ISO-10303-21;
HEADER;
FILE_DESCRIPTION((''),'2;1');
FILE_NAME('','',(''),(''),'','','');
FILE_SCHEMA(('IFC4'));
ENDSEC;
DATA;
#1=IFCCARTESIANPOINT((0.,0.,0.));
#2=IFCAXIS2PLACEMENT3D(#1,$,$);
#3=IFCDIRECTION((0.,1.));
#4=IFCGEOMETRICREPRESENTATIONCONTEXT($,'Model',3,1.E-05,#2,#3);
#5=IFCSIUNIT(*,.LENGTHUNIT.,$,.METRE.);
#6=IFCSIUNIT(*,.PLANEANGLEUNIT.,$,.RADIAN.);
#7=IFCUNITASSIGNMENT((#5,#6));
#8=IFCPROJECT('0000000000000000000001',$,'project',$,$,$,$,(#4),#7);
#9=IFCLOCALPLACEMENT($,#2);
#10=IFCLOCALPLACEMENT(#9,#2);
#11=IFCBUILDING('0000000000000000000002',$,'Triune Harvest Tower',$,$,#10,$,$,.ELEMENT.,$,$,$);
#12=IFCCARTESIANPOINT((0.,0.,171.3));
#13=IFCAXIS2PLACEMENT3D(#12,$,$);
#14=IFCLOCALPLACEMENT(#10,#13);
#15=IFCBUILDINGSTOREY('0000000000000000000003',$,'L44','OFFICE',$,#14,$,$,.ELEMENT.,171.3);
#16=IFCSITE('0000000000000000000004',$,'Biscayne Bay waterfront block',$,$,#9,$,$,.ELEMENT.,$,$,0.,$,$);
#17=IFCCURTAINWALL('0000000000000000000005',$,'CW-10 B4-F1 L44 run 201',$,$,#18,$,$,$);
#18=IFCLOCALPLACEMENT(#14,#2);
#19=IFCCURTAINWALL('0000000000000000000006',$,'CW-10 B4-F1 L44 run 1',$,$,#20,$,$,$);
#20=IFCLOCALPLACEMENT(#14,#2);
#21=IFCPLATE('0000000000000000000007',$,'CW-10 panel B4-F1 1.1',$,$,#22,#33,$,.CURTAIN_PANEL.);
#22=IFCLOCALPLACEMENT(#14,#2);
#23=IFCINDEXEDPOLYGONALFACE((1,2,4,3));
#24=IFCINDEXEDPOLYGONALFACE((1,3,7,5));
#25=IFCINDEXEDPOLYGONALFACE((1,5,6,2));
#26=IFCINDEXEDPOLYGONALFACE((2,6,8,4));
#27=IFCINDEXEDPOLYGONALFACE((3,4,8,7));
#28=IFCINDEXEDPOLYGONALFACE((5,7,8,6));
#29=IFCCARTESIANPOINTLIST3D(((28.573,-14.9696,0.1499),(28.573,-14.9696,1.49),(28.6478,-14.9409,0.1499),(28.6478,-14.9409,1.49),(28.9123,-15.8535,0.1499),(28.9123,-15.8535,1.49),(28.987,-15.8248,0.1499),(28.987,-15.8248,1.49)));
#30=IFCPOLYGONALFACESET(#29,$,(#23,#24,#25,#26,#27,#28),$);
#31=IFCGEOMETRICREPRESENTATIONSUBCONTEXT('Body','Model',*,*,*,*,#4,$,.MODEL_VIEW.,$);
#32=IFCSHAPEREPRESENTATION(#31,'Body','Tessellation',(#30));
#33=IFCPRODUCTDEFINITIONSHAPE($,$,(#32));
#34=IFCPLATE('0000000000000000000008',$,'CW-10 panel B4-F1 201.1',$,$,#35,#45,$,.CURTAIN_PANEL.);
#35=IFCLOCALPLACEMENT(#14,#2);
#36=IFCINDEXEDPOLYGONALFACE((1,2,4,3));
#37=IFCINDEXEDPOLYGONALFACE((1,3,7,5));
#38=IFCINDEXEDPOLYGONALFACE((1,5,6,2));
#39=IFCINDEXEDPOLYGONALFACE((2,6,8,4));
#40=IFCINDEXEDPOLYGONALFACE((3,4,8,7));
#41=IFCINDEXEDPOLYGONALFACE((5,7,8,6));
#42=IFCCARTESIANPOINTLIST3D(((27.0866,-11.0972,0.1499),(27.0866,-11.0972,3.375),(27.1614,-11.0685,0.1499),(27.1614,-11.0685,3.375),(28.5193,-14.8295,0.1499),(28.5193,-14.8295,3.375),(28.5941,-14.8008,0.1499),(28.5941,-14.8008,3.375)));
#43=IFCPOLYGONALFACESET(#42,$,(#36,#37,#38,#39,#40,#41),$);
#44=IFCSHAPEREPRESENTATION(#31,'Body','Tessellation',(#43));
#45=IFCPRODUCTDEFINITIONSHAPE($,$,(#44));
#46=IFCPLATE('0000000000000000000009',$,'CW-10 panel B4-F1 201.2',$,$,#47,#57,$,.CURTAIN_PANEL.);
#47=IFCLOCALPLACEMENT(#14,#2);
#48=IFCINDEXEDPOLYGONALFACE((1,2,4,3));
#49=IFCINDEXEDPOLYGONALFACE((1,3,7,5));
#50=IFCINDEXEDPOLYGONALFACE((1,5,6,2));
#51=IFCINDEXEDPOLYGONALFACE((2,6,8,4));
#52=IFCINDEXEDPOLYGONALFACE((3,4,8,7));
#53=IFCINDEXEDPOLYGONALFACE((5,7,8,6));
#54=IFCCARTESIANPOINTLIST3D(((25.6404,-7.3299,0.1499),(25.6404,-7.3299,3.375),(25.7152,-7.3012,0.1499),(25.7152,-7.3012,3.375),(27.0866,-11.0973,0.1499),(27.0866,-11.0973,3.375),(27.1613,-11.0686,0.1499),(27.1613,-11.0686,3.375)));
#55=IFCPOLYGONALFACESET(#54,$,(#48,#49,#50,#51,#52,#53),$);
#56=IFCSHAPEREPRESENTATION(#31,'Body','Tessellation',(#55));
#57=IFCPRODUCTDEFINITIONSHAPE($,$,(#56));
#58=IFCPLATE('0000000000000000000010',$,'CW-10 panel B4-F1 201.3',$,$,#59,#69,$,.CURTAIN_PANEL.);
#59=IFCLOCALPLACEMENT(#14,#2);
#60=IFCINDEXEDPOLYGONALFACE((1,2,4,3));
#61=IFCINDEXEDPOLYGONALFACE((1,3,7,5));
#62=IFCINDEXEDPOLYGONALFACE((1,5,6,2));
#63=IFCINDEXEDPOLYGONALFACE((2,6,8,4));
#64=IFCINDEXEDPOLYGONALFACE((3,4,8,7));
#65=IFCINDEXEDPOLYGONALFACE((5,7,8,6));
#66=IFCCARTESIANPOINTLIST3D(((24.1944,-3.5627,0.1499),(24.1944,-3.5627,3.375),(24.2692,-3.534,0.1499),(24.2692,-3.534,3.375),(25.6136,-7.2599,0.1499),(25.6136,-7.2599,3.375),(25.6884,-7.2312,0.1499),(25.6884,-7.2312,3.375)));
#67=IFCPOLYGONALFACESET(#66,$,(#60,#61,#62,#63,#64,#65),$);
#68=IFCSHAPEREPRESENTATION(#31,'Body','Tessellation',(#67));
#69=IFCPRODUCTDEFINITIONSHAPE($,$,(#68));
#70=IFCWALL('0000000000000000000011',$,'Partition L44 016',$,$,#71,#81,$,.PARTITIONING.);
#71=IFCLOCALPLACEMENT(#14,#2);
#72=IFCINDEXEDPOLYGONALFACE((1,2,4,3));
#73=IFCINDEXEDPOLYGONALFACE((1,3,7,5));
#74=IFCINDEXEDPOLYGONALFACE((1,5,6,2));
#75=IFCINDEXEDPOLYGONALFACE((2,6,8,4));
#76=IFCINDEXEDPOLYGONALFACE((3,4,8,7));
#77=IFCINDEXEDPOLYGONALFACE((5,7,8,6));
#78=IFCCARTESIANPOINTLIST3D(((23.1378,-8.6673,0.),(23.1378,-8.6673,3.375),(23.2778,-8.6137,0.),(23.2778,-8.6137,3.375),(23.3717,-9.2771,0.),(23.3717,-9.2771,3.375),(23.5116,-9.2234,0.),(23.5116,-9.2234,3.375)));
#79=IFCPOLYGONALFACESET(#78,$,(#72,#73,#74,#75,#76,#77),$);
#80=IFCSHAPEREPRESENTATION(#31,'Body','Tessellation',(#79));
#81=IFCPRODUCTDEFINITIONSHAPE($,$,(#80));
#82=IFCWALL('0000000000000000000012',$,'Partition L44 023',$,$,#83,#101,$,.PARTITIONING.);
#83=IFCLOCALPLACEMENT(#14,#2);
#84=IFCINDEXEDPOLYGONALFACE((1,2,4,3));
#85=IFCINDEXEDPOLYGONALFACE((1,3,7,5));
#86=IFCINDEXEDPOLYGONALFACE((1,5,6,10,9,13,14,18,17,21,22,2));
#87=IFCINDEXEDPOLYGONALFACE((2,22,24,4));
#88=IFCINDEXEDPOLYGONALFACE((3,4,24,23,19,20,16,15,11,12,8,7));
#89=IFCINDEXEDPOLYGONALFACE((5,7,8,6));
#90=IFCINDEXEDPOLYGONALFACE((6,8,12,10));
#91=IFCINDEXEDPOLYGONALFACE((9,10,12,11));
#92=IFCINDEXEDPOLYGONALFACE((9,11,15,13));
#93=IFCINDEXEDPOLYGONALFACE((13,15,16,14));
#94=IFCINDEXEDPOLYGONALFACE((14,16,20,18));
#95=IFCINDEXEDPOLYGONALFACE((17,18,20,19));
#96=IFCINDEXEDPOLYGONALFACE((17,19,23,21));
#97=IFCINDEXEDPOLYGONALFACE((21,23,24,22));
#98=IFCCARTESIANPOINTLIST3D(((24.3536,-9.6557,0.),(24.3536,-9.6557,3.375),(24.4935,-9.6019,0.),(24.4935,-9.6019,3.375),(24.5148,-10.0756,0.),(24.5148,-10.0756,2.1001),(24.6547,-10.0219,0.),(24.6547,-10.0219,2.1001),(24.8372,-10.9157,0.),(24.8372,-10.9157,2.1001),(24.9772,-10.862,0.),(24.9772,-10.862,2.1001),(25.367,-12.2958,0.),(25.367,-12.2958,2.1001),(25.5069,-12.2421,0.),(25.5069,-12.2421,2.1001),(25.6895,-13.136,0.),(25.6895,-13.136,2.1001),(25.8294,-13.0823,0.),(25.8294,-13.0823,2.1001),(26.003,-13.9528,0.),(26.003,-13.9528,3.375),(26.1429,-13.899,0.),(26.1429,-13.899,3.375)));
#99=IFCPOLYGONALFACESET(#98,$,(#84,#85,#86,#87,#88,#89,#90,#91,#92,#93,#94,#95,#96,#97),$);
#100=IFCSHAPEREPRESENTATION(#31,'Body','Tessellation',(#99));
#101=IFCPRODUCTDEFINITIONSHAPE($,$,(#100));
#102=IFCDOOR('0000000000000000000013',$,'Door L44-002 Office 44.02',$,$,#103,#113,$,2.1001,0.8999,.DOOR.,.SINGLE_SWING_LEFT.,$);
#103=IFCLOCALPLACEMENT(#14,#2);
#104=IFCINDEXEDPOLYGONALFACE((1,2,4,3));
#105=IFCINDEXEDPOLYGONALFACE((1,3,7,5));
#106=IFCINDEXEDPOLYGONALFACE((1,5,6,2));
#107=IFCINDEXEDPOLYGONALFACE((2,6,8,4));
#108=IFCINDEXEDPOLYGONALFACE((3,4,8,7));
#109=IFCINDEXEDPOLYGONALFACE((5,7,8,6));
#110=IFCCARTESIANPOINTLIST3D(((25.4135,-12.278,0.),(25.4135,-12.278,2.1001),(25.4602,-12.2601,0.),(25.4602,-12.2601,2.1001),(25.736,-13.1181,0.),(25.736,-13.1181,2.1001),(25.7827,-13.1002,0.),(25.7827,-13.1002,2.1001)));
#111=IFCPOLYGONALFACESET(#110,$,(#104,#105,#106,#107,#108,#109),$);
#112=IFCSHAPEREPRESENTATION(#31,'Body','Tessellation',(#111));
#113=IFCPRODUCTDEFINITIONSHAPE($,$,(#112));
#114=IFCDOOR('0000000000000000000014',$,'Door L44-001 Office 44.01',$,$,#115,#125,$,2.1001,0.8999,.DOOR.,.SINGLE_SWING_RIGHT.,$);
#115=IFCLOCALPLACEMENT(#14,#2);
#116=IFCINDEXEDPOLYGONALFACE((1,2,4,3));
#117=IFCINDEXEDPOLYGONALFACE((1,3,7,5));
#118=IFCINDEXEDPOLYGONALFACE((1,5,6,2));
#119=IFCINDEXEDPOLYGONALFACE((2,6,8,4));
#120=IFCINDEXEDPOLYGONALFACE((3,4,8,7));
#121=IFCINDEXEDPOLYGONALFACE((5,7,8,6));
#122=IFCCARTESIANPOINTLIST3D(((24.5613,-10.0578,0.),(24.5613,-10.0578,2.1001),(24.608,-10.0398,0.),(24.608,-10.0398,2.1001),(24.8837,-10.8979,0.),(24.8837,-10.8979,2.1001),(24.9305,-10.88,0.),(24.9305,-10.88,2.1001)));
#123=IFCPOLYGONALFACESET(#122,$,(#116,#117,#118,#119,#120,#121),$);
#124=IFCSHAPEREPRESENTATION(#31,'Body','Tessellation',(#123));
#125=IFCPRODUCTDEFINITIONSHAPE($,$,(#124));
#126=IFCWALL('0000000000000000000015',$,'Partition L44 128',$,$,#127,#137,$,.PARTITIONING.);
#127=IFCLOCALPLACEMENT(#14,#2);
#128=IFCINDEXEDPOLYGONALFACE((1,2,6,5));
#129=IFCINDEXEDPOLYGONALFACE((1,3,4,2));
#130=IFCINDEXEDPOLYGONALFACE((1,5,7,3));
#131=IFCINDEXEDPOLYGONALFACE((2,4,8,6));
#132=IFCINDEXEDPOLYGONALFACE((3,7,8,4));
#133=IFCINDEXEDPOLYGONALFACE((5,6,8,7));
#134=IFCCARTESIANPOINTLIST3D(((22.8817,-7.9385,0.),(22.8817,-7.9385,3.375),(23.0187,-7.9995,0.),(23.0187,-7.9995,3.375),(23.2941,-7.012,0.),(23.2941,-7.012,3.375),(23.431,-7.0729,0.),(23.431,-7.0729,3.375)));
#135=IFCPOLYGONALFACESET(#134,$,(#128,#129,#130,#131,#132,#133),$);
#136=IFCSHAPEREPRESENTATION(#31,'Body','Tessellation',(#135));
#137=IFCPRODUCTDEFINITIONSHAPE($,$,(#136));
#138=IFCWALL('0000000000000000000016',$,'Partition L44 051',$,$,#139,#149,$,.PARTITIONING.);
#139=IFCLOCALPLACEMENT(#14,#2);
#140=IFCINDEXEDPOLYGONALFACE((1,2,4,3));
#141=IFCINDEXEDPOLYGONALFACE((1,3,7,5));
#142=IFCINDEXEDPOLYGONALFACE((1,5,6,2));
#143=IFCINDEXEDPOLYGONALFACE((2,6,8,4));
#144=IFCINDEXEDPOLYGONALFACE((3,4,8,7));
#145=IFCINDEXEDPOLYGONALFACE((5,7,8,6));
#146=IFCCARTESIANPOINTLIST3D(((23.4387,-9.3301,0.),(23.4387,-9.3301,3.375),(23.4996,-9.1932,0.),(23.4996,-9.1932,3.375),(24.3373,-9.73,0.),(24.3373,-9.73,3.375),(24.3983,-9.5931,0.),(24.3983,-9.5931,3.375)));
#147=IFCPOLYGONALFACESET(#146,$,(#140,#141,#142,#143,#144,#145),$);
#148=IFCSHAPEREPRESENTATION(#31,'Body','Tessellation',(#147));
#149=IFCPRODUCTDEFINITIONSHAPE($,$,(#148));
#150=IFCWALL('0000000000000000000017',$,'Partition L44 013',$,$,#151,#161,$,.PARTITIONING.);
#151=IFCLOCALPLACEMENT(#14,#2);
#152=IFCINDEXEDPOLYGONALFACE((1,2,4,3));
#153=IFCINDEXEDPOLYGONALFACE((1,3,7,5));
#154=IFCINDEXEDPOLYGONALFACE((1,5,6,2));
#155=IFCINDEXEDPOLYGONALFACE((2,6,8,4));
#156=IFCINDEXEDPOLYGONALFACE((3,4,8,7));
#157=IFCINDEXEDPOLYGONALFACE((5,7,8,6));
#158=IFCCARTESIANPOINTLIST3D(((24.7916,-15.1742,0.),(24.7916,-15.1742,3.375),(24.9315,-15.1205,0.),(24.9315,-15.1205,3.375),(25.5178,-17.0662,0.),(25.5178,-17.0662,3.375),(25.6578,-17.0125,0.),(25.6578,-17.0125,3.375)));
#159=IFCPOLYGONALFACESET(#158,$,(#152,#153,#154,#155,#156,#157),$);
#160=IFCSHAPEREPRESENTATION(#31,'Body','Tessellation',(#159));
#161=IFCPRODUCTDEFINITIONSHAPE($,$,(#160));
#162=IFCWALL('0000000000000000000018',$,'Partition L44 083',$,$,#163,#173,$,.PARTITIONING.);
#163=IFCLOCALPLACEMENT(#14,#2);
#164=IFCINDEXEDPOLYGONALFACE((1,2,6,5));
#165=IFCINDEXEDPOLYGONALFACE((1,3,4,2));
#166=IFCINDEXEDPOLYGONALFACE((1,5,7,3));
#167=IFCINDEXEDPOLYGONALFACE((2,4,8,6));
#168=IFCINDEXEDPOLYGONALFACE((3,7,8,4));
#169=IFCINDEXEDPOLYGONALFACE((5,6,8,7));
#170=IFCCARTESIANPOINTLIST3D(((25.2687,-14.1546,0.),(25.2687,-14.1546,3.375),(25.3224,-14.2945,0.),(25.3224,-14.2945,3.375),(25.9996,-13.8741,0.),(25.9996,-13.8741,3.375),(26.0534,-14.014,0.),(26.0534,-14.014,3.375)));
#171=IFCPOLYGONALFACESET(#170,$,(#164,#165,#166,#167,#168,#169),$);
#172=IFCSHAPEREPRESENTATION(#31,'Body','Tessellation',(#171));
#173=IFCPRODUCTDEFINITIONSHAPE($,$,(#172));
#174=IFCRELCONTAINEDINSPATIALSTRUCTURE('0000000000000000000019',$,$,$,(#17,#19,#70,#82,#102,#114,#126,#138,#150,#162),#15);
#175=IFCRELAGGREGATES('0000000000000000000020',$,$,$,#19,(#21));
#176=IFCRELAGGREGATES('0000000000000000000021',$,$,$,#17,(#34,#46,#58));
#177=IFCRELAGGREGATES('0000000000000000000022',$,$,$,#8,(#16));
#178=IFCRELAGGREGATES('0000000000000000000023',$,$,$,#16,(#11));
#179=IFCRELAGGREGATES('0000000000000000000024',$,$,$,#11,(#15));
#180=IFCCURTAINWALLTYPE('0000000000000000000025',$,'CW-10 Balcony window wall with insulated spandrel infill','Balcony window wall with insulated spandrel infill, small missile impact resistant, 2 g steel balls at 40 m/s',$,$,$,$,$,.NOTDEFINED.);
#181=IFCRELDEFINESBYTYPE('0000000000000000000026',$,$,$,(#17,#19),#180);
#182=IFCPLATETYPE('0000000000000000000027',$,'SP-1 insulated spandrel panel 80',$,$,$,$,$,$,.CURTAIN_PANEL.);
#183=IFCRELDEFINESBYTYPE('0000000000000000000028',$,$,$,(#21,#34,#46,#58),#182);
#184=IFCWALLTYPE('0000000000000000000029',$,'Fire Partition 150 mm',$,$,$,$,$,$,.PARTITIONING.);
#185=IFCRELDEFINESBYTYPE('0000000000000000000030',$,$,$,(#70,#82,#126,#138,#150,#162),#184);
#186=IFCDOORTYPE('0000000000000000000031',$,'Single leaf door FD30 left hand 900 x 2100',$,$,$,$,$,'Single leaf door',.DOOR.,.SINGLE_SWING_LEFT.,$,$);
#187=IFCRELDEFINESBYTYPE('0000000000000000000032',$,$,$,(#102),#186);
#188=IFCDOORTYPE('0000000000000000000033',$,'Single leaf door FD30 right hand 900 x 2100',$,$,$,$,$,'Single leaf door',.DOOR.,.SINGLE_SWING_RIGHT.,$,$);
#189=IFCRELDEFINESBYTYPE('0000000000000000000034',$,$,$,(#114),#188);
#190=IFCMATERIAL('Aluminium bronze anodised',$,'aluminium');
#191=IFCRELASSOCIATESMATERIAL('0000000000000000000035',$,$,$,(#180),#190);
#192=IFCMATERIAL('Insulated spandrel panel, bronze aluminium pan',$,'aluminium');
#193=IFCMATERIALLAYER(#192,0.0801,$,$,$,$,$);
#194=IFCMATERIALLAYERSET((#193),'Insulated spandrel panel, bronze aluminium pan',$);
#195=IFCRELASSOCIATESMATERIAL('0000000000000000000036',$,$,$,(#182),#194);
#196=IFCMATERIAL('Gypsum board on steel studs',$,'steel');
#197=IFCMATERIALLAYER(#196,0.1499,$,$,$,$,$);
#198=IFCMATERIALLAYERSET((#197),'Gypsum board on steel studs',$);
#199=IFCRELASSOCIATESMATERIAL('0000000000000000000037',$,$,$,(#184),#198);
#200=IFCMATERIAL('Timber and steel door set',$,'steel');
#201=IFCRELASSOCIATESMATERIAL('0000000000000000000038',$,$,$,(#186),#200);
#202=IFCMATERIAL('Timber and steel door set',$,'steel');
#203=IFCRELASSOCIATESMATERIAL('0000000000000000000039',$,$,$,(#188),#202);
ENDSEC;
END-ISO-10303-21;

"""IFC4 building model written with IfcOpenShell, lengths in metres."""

from ifc_helpers import new_model, si_unit, direction, frame, frame_2d, origin, origin_2d, place, context, subcontext, project, spatial, rectangle, extrude, source, transform, mapped, material, layer, layer_set, type_object, element, fill, aggregate, save


model = new_model("IFC4")

# Units and contexts
model_context = context("Model", 3, precision=1e-05, world=origin(), true_north=direction((0.0, 1.0)))
body_context = subcontext(model_context, "Body", "Model", "MODEL_VIEW")
ifc_project = project(units=[si_unit("LENGTHUNIT", "METRE"), si_unit("PLANEANGLEUNIT", "RADIAN")], contexts=[model_context])

# Site, building, storey
site_placement = place(None, origin())
site = spatial("IfcSite", under=ifc_project, at=site_placement, Name="Biscayne Bay waterfront block", CompositionType="ELEMENT", RefElevation=0.0)
building_placement = place(site_placement, origin())
building = spatial("IfcBuilding", under=site, at=building_placement, Name="Triune Harvest Tower", CompositionType="ELEMENT")
storey_placement = place(building_placement, frame((0.0, 0.0, 171.3)))
storey = spatial("IfcBuildingStorey", under=building, at=storey_placement, Name="L44", Description="OFFICE", CompositionType="ELEMENT", Elevation=171.3)

# Curtain wall
ifc_material_1 = material(Name="Aluminium bronze anodised", Category="aluminium")
curtain_wall_type_1 = type_object("IfcCurtainWallType", Name="CW-10 Balcony window wall with insulated spandrel infill", Description="Balcony window wall with insulated spandrel infill, small missile impact resistant, 2 g steel balls at 40 m/s", PredefinedType="NOTDEFINED", material=ifc_material_1)
curtain_wall_1_placement = place(storey_placement, origin())
curtain_wall_1 = element("IfcCurtainWall", 1, at=curtain_wall_1_placement, inside=storey, type_object=curtain_wall_type_1, Name="CW-10 B4-F1 L44 run 201")

# Curtain wall
curtain_wall_2_placement = place(storey_placement, origin())
curtain_wall_2 = element("IfcCurtainWall", 2, at=curtain_wall_2_placement, inside=storey, type_object=curtain_wall_type_1, Name="CW-10 B4-F1 L44 run 1")

# Plates
ifc_material_2 = material(Name="Insulated spandrel panel, bronze aluminium pan", Category="aluminium")
ifc_layer_1 = layer(ifc_material_2, 0.0801)
ifc_layer_set_1 = layer_set([ifc_layer_1], Name="Insulated spandrel panel, bronze aluminium pan")
plate_type_1 = type_object("IfcPlateType", Name="SP-1 insulated spandrel panel 80", PredefinedType="CURTAIN_PANEL", material=ifc_layer_set_1)
plate_1_placement = place(storey_placement, frame((28.78, -15.3972, 0.1499), z_axis=(0.0, 0.0, 1.0), x_axis=(-0.358307, 0.933604, 0.0)))
plate_1 = element("IfcPlate", 3, at=plate_1_placement, type_object=plate_type_1, Name="CW-10 panel B4-F1 1.1", PredefinedType="CURTAIN_PANEL", context=body_context, shape_type="SweptSolid", body=[
    extrude(rectangle(XDim=0.9468, YDim=0.0801, at=origin_2d()), origin(), (0.0, 0.0, 1.0), 1.3401),
])
aggregate(curtain_wall_2, [plate_1])
plate_2_placement = place(storey_placement, frame((27.8403, -12.949, 0.1499), z_axis=(0.0, 0.0, 1.0), x_axis=(-0.358371, 0.933579, 0.0)))
plate_2 = element("IfcPlate", 4, at=plate_2_placement, type_object=plate_type_1, Name="CW-10 panel B4-F1 201.1", PredefinedType="CURTAIN_PANEL", context=body_context, shape_type="SweptSolid", body=[
    extrude(rectangle(XDim=3.9978, YDim=0.0801, at=origin_2d()), origin(), (0.0, 0.0, 1.0), 3.2251),
])
plate_3_placement = place(storey_placement, frame((26.4009, -9.1992, 0.1499), z_axis=(0.0, 0.0, 1.0), x_axis=(-0.358371, 0.933579, 0.0)))
plate_3 = element("IfcPlate", 5, at=plate_3_placement, type_object=plate_type_1, Name="CW-10 panel B4-F1 201.2", PredefinedType="CURTAIN_PANEL", context=body_context, shape_type="SweptSolid", body=[
    extrude(rectangle(XDim=4.0354, YDim=0.0801, at=origin_2d()), origin(), (0.0, 0.0, 1.0), 3.2251),
])
plate_4_placement = place(storey_placement, frame((24.9414, -5.397, 0.1499), z_axis=(0.0, 0.0, 1.0), x_axis=(-0.358371, 0.933579, 0.0)))
plate_4 = element("IfcPlate", 6, at=plate_4_placement, type_object=plate_type_1, Name="CW-10 panel B4-F1 201.3", PredefinedType="CURTAIN_PANEL", context=body_context, shape_type="SweptSolid", body=[
    extrude(rectangle(XDim=3.9602, YDim=0.0801, at=origin_2d()), origin(), (0.0, 0.0, 1.0), 3.2251),
])
aggregate(curtain_wall_1, [plate_2, plate_3, plate_4])

# Wall
ifc_material_3 = material(Name="Gypsum board on steel studs", Category="steel")
ifc_layer_2 = layer(ifc_material_3, 0.1499)
ifc_layer_set_2 = layer_set([ifc_layer_2], Name="Gypsum board on steel studs")
wall_type_1 = type_object("IfcWallType", Name="Fire Partition 150 mm", PredefinedType="PARTITIONING", material=ifc_layer_set_2)
wall_1_placement = place(storey_placement, frame((23.2078, -8.6404, 0.0), z_axis=(0.0, 0.0, 1.0), x_axis=(0.358077, -0.933692, 0.0)))
element("IfcWall", 7, at=wall_1_placement, inside=storey, type_object=wall_type_1, Name="Partition L44 016", PredefinedType="PARTITIONING", context=body_context, shape_type="SweptSolid", body=[
    extrude(rectangle(XDim=0.6531, YDim=0.1499, at=frame_2d((0.3267, 0.0))), origin(), (0.0, 0.0, 1.0), 3.375),
])

# Wall, openings, doors
wall_2_placement = place(storey_placement, frame((24.4236, -9.6289, 0.0), z_axis=(0.0, 0.0, 1.0), x_axis=(0.35835, -0.933587, 0.0)))
wall_2 = element("IfcWall", 8, at=wall_2_placement, inside=storey, type_object=wall_type_1, Name="Partition L44 023", PredefinedType="PARTITIONING", context=body_context, shape_type="SweptSolid", body=[
    extrude(rectangle(XDim=4.6028, YDim=0.1499, at=frame_2d((2.3013, 0.0))), origin(), (0.0, 0.0, 1.0), 3.375),
])
opening_1_placement = place(wall_2_placement, frame((0.4497, 0.0, 0.0)))
opening_1 = element("IfcOpeningElement", 9, at=opening_1_placement, cuts=wall_2, PredefinedType="OPENING", context=body_context, shape_type="SweptSolid", body=[
    extrude(rectangle(XDim=0.8999, YDim=2.1001, at=frame_2d((0.45, 1.05))), frame((0.0, 0.085, 0.0), z_axis=(0.0, -1.0, 0.0), x_axis=(1.0, 0.0, 0.0)), (0.0, 0.0, 1.0), 0.1699),
])
opening_2_placement = place(wall_2_placement, frame((2.8279, 0.0, 0.0)))
opening_2 = element("IfcOpeningElement", 10, at=opening_2_placement, cuts=wall_2, PredefinedType="OPENING", context=body_context, shape_type="SweptSolid", body=[
    extrude(rectangle(XDim=0.8999, YDim=2.1001, at=frame_2d((0.45, 1.05))), frame((0.0, 0.085, 0.0), z_axis=(0.0, -1.0, 0.0), x_axis=(1.0, 0.0, 0.0)), (0.0, 0.0, 1.0), 0.1699),
])
ifc_material_4 = material(Name="Timber and steel door set", Category="steel")
door_type_1 = type_object("IfcDoorType", Name="Single leaf door FD30 left hand 900 x 2100", ElementType="Single leaf door", OperationType="SINGLE_SWING_LEFT", PredefinedType="DOOR", material=ifc_material_4)
door_1_placement = place(opening_2_placement, origin())
door_1 = element("IfcDoor", 11, at=door_1_placement, inside=storey, type_object=door_type_1, Name="Door L44-002 Office 44.02", OperationType="SINGLE_SWING_LEFT", OverallHeight=2.1001, OverallWidth=0.8999, PredefinedType="DOOR", context=body_context, shape_type="SweptSolid", body=[
    extrude(rectangle(XDim=0.8999, YDim=2.1001, at=frame_2d((0.45, 1.05))), frame((0.0, 0.0249, 0.0), z_axis=(0.0, -1.0, 0.0), x_axis=(1.0, 0.0, 0.0)), (0.0, 0.0, 1.0), 0.05),
])
fill(opening_2, door_1)
ifc_material_5 = material(Name="Timber and steel door set", Category="steel")
door_type_2 = type_object("IfcDoorType", Name="Single leaf door FD30 right hand 900 x 2100", ElementType="Single leaf door", OperationType="SINGLE_SWING_RIGHT", PredefinedType="DOOR", material=ifc_material_5)
door_2_placement = place(opening_1_placement, origin())
door_2 = element("IfcDoor", 12, at=door_2_placement, inside=storey, type_object=door_type_2, Name="Door L44-001 Office 44.01", OperationType="SINGLE_SWING_RIGHT", OverallHeight=2.1001, OverallWidth=0.8999, PredefinedType="DOOR", context=body_context, shape_type="SweptSolid", body=[
    extrude(rectangle(XDim=0.8999, YDim=2.1001, at=frame_2d((0.45, 1.05))), frame((0.0, 0.0249, 0.0), z_axis=(0.0, -1.0, 0.0), x_axis=(1.0, 0.0, 0.0)), (0.0, 0.0, 1.0), 0.05),
])
fill(opening_1, door_2)

# Walls
wall_3_placement = place(storey_placement, frame((22.9502, -7.969, 0.0), z_axis=(0.0, 0.0, 1.0), x_axis=(0.406607, 0.913603, 0.0)))
element("IfcWall", 13, at=wall_3_placement, inside=storey, type_object=wall_type_1, Name="Partition L44 128", PredefinedType="PARTITIONING", context=body_context, shape_type="SweptSolid", body=[
    extrude(rectangle(XDim=1.0142, YDim=0.1499, at=frame_2d((0.5071, 0.0))), origin(), (0.0, 0.0, 1.0), 3.375),
])
shared_shape_1 = source(origin(), body_context, "Body", "SweptSolid", [
    extrude(rectangle(XDim=0.9836, YDim=0.1499, at=frame_2d((0.4917, 0.0))), origin(), (0.0, 0.0, 1.0), 3.375),
])
wall_4_placement = place(storey_placement, frame((23.4692, -9.2617, 0.0), z_axis=(0.0, 0.0, 1.0), x_axis=(0.913627, -0.406553, 0.0)))
element("IfcWall", 14, at=wall_4_placement, inside=storey, type_object=wall_type_1, Name="Partition L44 051", PredefinedType="PARTITIONING", context=body_context, shape_type="MappedRepresentation", body=[
    mapped(shared_shape_1, transform((0.0, 0.0, 0.0), scale=1.0)),
])
shared_shape_2 = source(origin(), body_context, "Body", "SweptSolid", [
    extrude(rectangle(XDim=2.0266, YDim=0.1499, at=frame_2d((1.0132, 0.0))), origin(), (0.0, 0.0, 1.0), 3.375),
])
wall_5_placement = place(storey_placement, frame((24.8616, -15.1475, 0.0), z_axis=(0.0, 0.0, 1.0), x_axis=(0.358374, -0.933578, 0.0)))
element("IfcWall", 15, at=wall_5_placement, inside=storey, type_object=wall_type_1, Name="Partition L44 013", PredefinedType="PARTITIONING", context=body_context, shape_type="MappedRepresentation", body=[
    mapped(shared_shape_2, transform((0.0, 0.0, 0.0), scale=1.0)),
])
shared_shape_3 = source(origin(), body_context, "Body", "SweptSolid", [
    extrude(rectangle(XDim=0.783, YDim=0.1499, at=frame_2d((0.3916, 0.0))), origin(), (0.0, 0.0, 1.0), 3.375),
])
wall_6_placement = place(storey_placement, frame((25.2954, -14.2246, 0.0), z_axis=(0.0, 0.0, 1.0), x_axis=(0.933611, 0.358289, 0.0)))
element("IfcWall", 16, at=wall_6_placement, inside=storey, type_object=wall_type_1, Name="Partition L44 083", PredefinedType="PARTITIONING", context=body_context, shape_type="MappedRepresentation", body=[
    mapped(shared_shape_3, transform((0.0, 0.0, 0.0), scale=1.0)),
])

save(model, "model.ifc")
